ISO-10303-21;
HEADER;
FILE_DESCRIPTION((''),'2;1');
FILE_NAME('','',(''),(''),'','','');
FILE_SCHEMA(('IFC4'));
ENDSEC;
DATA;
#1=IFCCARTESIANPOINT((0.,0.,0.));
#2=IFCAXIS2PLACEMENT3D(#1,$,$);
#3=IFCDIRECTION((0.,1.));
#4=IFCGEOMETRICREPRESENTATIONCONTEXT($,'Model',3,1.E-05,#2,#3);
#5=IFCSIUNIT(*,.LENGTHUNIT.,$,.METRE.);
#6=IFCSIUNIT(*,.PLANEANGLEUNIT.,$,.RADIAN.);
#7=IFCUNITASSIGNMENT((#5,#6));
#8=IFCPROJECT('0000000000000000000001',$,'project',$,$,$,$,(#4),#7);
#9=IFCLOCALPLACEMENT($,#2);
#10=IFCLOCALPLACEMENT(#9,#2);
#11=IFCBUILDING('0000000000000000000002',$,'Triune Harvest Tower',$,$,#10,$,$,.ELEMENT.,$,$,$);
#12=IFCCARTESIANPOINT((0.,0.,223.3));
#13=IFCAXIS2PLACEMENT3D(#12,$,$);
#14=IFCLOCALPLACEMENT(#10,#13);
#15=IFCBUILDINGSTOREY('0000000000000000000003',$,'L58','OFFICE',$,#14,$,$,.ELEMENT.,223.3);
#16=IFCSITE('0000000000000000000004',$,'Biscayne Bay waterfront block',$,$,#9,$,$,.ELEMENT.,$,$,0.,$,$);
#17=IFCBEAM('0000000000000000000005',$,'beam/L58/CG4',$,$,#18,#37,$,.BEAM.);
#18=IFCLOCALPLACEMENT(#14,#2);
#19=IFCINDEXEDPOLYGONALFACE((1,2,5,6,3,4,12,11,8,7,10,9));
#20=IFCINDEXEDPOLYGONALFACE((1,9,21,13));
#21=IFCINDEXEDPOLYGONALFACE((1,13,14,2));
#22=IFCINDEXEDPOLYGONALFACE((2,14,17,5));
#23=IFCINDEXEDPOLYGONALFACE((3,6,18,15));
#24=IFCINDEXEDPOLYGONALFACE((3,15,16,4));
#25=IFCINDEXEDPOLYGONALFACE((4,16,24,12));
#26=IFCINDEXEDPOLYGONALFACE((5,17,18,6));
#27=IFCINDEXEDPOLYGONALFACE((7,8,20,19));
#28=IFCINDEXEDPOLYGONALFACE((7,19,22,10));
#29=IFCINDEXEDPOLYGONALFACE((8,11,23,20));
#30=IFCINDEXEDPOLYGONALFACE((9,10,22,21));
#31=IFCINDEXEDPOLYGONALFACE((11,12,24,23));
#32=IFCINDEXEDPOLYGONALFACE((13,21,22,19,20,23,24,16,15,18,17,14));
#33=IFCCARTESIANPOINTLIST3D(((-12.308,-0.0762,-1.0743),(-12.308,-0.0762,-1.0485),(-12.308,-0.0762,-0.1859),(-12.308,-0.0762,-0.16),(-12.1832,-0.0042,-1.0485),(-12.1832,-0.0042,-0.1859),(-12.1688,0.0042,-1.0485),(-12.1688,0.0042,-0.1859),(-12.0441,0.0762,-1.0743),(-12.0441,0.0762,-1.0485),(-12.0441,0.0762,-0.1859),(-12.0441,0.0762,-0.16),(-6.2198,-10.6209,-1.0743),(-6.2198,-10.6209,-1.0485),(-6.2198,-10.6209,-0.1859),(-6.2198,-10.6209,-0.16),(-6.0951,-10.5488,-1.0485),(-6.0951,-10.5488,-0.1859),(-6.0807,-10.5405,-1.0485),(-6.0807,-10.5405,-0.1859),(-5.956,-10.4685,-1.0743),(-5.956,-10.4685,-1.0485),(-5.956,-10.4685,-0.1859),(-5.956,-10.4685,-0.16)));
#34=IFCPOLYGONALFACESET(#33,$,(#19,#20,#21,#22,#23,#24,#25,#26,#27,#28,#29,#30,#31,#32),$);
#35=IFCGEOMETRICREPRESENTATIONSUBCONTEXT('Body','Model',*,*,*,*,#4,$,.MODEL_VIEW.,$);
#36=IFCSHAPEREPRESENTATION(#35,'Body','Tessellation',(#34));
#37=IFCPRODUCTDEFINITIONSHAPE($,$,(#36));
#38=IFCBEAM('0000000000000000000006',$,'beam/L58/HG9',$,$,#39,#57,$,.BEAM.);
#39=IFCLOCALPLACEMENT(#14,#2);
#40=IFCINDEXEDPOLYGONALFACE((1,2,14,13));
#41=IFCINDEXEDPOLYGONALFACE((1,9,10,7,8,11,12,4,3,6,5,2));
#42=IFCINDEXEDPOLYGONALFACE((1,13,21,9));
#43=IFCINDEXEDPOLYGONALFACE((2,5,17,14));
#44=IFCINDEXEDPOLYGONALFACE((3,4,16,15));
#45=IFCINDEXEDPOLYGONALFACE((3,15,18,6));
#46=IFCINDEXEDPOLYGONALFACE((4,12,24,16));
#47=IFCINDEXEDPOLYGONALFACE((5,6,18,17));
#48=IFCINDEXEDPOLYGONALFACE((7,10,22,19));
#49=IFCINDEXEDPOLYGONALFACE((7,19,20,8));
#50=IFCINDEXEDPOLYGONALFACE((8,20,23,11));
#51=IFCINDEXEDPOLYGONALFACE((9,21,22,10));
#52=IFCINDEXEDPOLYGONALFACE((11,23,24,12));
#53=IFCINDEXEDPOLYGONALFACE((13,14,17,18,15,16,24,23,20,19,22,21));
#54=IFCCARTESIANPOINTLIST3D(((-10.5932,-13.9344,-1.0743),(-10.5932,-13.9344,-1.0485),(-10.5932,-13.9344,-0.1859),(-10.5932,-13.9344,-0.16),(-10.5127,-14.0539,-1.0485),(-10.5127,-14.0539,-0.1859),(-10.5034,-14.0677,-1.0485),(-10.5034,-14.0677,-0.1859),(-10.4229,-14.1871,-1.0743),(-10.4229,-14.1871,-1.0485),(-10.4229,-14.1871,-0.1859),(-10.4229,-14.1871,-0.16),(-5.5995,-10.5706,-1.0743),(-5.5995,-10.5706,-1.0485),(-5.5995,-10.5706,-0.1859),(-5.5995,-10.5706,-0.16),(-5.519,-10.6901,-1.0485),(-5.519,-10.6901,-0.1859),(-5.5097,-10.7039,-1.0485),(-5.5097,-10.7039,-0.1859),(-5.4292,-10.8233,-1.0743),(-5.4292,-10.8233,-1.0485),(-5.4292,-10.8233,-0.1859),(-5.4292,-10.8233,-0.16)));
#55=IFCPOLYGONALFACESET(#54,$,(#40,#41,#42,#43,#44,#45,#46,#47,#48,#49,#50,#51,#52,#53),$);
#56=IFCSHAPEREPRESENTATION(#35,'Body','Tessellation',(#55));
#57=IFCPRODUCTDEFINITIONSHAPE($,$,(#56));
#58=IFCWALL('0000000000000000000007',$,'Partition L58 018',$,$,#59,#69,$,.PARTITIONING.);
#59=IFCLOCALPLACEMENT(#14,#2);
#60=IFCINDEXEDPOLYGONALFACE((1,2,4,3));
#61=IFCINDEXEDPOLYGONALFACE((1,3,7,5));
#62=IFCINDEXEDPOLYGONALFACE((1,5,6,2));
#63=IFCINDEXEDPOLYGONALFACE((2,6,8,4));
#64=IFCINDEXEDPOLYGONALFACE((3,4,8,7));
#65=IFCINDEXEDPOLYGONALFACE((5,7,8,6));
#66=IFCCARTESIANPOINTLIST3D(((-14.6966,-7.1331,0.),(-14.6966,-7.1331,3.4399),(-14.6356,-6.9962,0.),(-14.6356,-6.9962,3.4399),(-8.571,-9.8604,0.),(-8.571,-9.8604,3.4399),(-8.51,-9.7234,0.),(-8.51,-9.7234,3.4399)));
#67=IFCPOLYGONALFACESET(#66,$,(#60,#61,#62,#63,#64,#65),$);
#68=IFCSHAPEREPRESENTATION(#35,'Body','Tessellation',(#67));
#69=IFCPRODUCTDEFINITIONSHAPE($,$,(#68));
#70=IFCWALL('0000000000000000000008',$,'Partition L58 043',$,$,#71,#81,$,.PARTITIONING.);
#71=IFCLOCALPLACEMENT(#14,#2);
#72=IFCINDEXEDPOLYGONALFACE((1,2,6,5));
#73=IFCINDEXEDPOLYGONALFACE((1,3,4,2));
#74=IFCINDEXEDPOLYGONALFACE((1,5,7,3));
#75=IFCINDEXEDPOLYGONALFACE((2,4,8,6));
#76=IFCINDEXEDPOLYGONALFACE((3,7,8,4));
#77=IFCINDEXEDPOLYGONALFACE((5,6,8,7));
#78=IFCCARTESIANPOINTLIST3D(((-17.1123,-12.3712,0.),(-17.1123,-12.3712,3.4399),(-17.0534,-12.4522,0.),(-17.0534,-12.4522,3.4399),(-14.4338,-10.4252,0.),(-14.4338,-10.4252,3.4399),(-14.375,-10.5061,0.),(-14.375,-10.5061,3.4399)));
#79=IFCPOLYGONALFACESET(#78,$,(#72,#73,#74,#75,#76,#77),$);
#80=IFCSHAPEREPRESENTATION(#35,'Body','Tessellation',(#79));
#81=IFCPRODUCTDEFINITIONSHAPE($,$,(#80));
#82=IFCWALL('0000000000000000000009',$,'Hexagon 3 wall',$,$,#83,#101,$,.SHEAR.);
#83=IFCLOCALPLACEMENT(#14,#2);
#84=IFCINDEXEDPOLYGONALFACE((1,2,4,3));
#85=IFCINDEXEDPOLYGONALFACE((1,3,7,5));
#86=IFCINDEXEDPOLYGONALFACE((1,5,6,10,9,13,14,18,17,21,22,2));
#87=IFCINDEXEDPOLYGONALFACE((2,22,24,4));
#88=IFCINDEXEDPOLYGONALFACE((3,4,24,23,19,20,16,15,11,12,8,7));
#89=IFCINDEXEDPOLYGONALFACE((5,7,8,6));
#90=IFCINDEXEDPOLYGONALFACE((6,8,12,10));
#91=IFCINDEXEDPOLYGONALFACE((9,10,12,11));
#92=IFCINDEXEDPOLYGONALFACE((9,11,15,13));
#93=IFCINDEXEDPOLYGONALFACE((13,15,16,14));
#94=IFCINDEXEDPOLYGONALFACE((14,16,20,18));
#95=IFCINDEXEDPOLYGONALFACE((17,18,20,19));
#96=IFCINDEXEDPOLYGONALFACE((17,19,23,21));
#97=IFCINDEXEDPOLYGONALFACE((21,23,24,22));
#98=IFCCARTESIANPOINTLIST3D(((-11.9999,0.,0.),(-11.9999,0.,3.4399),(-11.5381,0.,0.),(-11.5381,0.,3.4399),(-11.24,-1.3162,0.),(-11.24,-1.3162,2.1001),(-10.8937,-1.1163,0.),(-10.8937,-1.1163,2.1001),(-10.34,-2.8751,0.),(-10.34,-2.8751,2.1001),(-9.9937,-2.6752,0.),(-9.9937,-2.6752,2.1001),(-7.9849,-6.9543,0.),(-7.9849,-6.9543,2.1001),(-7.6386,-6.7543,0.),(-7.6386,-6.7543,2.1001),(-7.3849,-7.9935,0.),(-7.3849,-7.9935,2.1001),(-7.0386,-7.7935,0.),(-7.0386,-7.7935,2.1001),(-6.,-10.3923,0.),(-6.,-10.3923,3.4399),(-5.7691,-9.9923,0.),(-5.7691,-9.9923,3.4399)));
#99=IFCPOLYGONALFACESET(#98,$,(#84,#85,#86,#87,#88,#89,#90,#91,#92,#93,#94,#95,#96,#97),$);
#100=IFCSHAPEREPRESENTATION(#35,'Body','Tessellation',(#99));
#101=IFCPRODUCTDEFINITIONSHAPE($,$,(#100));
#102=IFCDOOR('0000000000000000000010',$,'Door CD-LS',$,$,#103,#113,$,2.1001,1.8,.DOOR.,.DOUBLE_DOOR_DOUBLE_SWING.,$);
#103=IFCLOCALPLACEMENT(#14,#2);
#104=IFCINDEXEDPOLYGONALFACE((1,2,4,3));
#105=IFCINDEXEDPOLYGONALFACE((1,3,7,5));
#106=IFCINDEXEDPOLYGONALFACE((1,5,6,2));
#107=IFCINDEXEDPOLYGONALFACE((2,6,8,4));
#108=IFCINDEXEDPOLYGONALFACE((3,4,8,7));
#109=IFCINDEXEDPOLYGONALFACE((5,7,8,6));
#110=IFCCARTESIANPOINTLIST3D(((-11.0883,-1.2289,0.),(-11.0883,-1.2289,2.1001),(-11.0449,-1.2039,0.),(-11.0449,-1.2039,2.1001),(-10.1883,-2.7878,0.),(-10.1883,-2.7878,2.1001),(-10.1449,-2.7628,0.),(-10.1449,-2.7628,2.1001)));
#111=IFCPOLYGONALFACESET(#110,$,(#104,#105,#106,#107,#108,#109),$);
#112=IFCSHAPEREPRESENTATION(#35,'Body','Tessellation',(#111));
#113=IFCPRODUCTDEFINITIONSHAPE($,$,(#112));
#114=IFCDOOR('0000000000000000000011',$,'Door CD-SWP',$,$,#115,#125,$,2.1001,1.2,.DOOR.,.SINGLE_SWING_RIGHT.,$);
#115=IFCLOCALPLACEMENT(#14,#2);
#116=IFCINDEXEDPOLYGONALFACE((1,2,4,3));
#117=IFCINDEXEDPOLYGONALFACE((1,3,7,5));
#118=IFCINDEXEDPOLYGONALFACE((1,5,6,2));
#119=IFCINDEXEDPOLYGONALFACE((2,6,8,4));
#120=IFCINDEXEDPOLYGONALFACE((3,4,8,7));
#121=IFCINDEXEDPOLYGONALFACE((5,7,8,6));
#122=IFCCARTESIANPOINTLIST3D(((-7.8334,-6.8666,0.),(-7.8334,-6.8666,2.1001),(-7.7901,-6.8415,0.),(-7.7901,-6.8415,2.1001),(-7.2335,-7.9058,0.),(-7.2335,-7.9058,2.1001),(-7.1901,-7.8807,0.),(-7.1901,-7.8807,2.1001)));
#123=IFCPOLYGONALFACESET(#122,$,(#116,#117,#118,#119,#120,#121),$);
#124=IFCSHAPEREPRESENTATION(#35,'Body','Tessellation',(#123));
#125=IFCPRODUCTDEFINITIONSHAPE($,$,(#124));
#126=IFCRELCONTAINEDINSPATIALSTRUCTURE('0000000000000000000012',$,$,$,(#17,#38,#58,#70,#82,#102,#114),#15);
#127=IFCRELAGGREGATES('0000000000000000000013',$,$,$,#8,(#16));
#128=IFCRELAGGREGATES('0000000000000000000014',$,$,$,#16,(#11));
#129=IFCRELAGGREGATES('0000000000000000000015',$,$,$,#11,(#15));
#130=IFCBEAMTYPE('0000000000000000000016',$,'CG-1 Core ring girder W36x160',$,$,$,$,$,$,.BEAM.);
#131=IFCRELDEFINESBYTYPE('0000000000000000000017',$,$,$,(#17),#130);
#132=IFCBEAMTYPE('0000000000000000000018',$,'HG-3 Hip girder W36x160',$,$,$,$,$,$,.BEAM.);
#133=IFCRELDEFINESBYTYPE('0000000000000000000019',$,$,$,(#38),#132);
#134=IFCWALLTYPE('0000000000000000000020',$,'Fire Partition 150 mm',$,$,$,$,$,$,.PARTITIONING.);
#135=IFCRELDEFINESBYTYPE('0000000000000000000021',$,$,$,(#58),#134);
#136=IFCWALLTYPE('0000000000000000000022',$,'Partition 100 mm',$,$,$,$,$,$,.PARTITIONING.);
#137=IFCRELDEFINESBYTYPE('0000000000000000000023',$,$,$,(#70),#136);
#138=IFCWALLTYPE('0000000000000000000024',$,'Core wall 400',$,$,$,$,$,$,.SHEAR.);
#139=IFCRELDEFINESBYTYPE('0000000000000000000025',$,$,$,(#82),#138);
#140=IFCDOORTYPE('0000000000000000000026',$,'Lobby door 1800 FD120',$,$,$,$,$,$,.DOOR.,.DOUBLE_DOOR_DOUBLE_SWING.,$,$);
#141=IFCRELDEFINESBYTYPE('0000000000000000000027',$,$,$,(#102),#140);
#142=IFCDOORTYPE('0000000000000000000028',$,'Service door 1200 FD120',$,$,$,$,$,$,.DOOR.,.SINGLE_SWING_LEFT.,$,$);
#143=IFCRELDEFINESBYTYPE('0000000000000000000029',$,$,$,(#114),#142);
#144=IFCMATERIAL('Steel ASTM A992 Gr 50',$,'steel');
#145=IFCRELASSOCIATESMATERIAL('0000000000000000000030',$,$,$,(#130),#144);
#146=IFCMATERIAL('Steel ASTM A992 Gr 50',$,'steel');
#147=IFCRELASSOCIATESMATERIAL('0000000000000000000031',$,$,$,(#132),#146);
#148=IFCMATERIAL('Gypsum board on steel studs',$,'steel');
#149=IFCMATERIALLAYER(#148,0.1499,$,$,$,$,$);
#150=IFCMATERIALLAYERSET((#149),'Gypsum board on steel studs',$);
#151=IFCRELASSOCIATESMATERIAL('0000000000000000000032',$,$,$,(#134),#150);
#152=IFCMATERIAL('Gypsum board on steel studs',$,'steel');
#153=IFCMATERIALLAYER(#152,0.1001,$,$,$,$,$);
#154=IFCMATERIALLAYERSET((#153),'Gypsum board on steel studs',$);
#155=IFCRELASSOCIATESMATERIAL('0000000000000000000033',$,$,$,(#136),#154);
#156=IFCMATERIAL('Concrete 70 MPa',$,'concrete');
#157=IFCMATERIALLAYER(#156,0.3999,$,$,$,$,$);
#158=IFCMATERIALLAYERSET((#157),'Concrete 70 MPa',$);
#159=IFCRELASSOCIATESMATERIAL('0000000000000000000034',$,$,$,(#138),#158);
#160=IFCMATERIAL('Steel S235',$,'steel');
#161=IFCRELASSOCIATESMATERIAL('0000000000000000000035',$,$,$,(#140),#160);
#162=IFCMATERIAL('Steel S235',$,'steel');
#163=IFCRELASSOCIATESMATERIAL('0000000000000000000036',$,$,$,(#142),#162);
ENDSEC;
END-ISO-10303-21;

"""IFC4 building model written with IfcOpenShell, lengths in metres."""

from ifc_helpers import new_model, si_unit, direction, frame, frame_2d, origin, origin_2d, place, context, subcontext, project, spatial, polyline, rectangle, i_section, outline, extrude, source, transform, mapped, material, layer, layer_set, material_profile, profile_set, type_object, element, fill, save


model = new_model("IFC4")

# Units and contexts
model_context = context("Model", 3, precision=1e-05, world=origin(), true_north=direction((0.0, 1.0)))
body_context = subcontext(model_context, "Body", "Model", "MODEL_VIEW")
ifc_project = project(units=[si_unit("LENGTHUNIT", "METRE"), si_unit("PLANEANGLEUNIT", "RADIAN")], contexts=[model_context])

# Site, building, storey
site_placement = place(None, origin())
site = spatial("IfcSite", under=ifc_project, at=site_placement, Name="Biscayne Bay waterfront block", CompositionType="ELEMENT", RefElevation=0.0)
building_placement = place(site_placement, origin())
building = spatial("IfcBuilding", under=site, at=building_placement, Name="Triune Harvest Tower", CompositionType="ELEMENT")
storey_placement = place(building_placement, frame((0.0, 0.0, 223.3)))
storey = spatial("IfcBuildingStorey", under=building, at=storey_placement, Name="L58", Description="OFFICE", CompositionType="ELEMENT", Elevation=223.3)

# Beams
ifc_material_1 = material(Name="Steel ASTM A992 Gr 50", Category="steel")
ifc_material_profile_1 = material_profile(ifc_material_1, i_section(OverallWidth=0.3047, OverallDepth=0.9143, WebThickness=0.0166, FlangeThickness=0.0259, at=origin_2d()), Name="W36x160")
ifc_profile_set_1 = profile_set([ifc_material_profile_1], Name="Steel ASTM A992 Gr 50")
beam_type_1 = type_object("IfcBeamType", Name="CG-1 Core ring girder W36x160", PredefinedType="BEAM", material=ifc_profile_set_1)
shared_shape_1 = source(origin(), body_context, "Body", "SweptSolid", [
    extrude(i_section(OverallWidth=0.3047, OverallDepth=0.9143, WebThickness=0.0166, FlangeThickness=0.0259, at=origin_2d()), origin(), (0.0, 0.0, 1.0), 12.176),
])
beam_1_placement = place(storey_placement, frame((-12.176, 0.0, -0.6172), z_axis=(0.50001, -0.86602, 0.0), x_axis=(0.86602, 0.50001, 0.0)))
element("IfcBeam", 1, at=beam_1_placement, inside=storey, type_object=beam_type_1, Name="beam/L58/CG4", PredefinedType="BEAM", context=body_context, shape_type="MappedRepresentation", body=[
    mapped(shared_shape_1, transform((0.0, 0.0, 0.0), scale=1.0)),
])
ifc_material_2 = material(Name="Steel ASTM A992 Gr 50", Category="steel")
ifc_material_profile_2 = material_profile(ifc_material_2, i_section(OverallWidth=0.3047, OverallDepth=0.9143, WebThickness=0.0166, FlangeThickness=0.0259, at=origin_2d()), Name="W36x160")
ifc_profile_set_2 = profile_set([ifc_material_profile_2], Name="Steel ASTM A992 Gr 50")
beam_type_2 = type_object("IfcBeamType", Name="HG-3 Hip girder W36x160", PredefinedType="BEAM", material=ifc_profile_set_2)
shared_shape_2 = source(origin(), body_context, "Body", "SweptSolid", [
    extrude(i_section(OverallWidth=0.3047, OverallDepth=0.9143, WebThickness=0.0166, FlangeThickness=0.0259, at=origin_2d()), origin(), (0.0, 0.0, 1.0), 6.021),
])
beam_2_placement = place(storey_placement, frame((-10.5081, -14.0608, -0.6172), z_axis=(0.829383, 0.55868, 0.0), x_axis=(-0.55868, 0.829383, 0.0)))
element("IfcBeam", 2, at=beam_2_placement, inside=storey, type_object=beam_type_2, Name="beam/L58/HG9", PredefinedType="BEAM", context=body_context, shape_type="MappedRepresentation", body=[
    mapped(shared_shape_2, transform((0.0, 0.0, 0.0), scale=1.0)),
])

# Walls
ifc_material_3 = material(Name="Gypsum board on steel studs", Category="steel")
ifc_layer_1 = layer(ifc_material_3, 0.1499)
ifc_layer_set_1 = layer_set([ifc_layer_1], Name="Gypsum board on steel studs")
wall_type_1 = type_object("IfcWallType", Name="Fire Partition 150 mm", PredefinedType="PARTITIONING", material=ifc_layer_set_1)
wall_1_placement = place(storey_placement, frame((-14.666, -7.0647, 0.0), z_axis=(0.0, 0.0, 1.0), x_axis=(0.913549, -0.40673, 0.0)))
element("IfcWall", 3, at=wall_1_placement, inside=storey, type_object=wall_type_1, Name="Partition L58 018", PredefinedType="PARTITIONING", context=body_context, shape_type="SweptSolid", body=[
    extrude(rectangle(XDim=6.7053, YDim=0.1499, at=frame_2d((3.3525, 0.0))), origin(), (0.0, 0.0, 1.0), 3.4399),
])
ifc_material_4 = material(Name="Gypsum board on steel studs", Category="steel")
ifc_layer_2 = layer(ifc_material_4, 0.1001)
ifc_layer_set_2 = layer_set([ifc_layer_2], Name="Gypsum board on steel studs")
wall_type_2 = type_object("IfcWallType", Name="Partition 100 mm", PredefinedType="PARTITIONING", material=ifc_layer_set_2)
wall_2_placement = place(storey_placement, frame((-17.0828, -12.4116, 0.0), z_axis=(0.0, 0.0, 1.0), x_axis=(0.809013, 0.58779, 0.0)))
element("IfcWall", 4, at=wall_2_placement, inside=storey, type_object=wall_type_2, Name="Partition L58 043", PredefinedType="PARTITIONING", context=body_context, shape_type="SweptSolid", body=[
    extrude(rectangle(XDim=3.3108, YDim=0.1001, at=frame_2d((1.6553, 0.0))), origin(), (0.0, 0.0, 1.0), 3.4399),
])

# Wall, openings, doors
ifc_material_5 = material(Name="Concrete 70 MPa", Category="concrete")
ifc_layer_3 = layer(ifc_material_5, 0.3999)
ifc_layer_set_3 = layer_set([ifc_layer_3], Name="Concrete 70 MPa")
wall_type_3 = type_object("IfcWallType", Name="Core wall 400", PredefinedType="SHEAR", material=ifc_layer_set_3)
shared_shape_3 = source(origin(), body_context, "Body", "SweptSolid", [
    extrude(outline(polyline([(-0.1155, -0.2), (11.8845, -0.2), (11.6536, 0.2), (0.1155, 0.2), (-0.1155, -0.2)])), origin(), (0.0, 0.0, 1.0), 3.4399),
])
wall_3_placement = place(storey_placement, frame((-11.769, 0.0, 0.0), z_axis=(0.0, 0.0, 1.0), x_axis=(0.499997, -0.866027, 0.0)))
wall_3 = element("IfcWall", 5, at=wall_3_placement, inside=storey, type_object=wall_type_3, Name="Hexagon 3 wall", PredefinedType="SHEAR", context=body_context, shape_type="MappedRepresentation", body=[
    mapped(shared_shape_3, transform((0.0, 0.0, 0.0), scale=1.0)),
])
opening_1_placement = place(wall_3_placement, frame((1.4045, 0.0, 0.0)))
opening_1 = element("IfcOpeningElement", 6, at=opening_1_placement, cuts=wall_3, PredefinedType="OPENING", context=body_context, shape_type="SweptSolid", body=[
    extrude(rectangle(XDim=1.8, YDim=2.1001, at=frame_2d((0.8999, 1.05))), frame((0.0, 0.21, 0.0), z_axis=(0.0, -1.0, 0.0), x_axis=(1.0, 0.0, 0.0)), (0.0, 0.0, 1.0), 0.4199),
])
opening_2_placement = place(wall_3_placement, frame((7.9146, 0.0, 0.0)))
opening_2 = element("IfcOpeningElement", 7, at=opening_2_placement, cuts=wall_3, PredefinedType="OPENING", context=body_context, shape_type="SweptSolid", body=[
    extrude(rectangle(XDim=1.2, YDim=2.1001, at=frame_2d((0.6001, 1.05))), frame((0.0, 0.21, 0.0), z_axis=(0.0, -1.0, 0.0), x_axis=(1.0, 0.0, 0.0)), (0.0, 0.0, 1.0), 0.4199),
])
ifc_material_6 = material(Name="Steel S235", Category="steel")
door_type_1 = type_object("IfcDoorType", Name="Lobby door 1800 FD120", OperationType="DOUBLE_DOOR_DOUBLE_SWING", PredefinedType="DOOR", material=ifc_material_6)
door_1_placement = place(opening_1_placement, frame((1.8, 0.0, 0.0), z_axis=(0.0, 0.0, 1.0), x_axis=(-1.0, 0.0, 0.0)))
door_1 = element("IfcDoor", 8, at=door_1_placement, inside=storey, type_object=door_type_1, Name="Door CD-LS", OperationType="DOUBLE_DOOR_DOUBLE_SWING", OverallHeight=2.1001, OverallWidth=1.8, PredefinedType="DOOR", context=body_context, shape_type="SweptSolid", body=[
    extrude(rectangle(XDim=1.8, YDim=2.1001, at=frame_2d((0.8999, 1.05))), frame((0.0, 0.0249, 0.0), z_axis=(0.0, -1.0, 0.0), x_axis=(1.0, 0.0, 0.0)), (0.0, 0.0, 1.0), 0.05),
])
fill(opening_1, door_1)
ifc_material_7 = material(Name="Steel S235", Category="steel")
door_type_2 = type_object("IfcDoorType", Name="Service door 1200 FD120", OperationType="SINGLE_SWING_LEFT", PredefinedType="DOOR", material=ifc_material_7)
door_2_placement = place(opening_2_placement, frame((1.2, 0.0, 0.0), z_axis=(0.0, 0.0, 1.0), x_axis=(-1.0, 0.0, 0.0)))
door_2 = element("IfcDoor", 9, at=door_2_placement, inside=storey, type_object=door_type_2, Name="Door CD-SWP", OperationType="SINGLE_SWING_RIGHT", OverallHeight=2.1001, OverallWidth=1.2, PredefinedType="DOOR", context=body_context, shape_type="SweptSolid", body=[
    extrude(rectangle(XDim=1.2, YDim=2.1001, at=frame_2d((0.6001, 1.05))), frame((0.0, 0.0249, 0.0), z_axis=(0.0, -1.0, 0.0), x_axis=(1.0, 0.0, 0.0)), (0.0, 0.0, 1.0), 0.05),
])
fill(opening_2, door_2)

save(model, "model.ifc")
